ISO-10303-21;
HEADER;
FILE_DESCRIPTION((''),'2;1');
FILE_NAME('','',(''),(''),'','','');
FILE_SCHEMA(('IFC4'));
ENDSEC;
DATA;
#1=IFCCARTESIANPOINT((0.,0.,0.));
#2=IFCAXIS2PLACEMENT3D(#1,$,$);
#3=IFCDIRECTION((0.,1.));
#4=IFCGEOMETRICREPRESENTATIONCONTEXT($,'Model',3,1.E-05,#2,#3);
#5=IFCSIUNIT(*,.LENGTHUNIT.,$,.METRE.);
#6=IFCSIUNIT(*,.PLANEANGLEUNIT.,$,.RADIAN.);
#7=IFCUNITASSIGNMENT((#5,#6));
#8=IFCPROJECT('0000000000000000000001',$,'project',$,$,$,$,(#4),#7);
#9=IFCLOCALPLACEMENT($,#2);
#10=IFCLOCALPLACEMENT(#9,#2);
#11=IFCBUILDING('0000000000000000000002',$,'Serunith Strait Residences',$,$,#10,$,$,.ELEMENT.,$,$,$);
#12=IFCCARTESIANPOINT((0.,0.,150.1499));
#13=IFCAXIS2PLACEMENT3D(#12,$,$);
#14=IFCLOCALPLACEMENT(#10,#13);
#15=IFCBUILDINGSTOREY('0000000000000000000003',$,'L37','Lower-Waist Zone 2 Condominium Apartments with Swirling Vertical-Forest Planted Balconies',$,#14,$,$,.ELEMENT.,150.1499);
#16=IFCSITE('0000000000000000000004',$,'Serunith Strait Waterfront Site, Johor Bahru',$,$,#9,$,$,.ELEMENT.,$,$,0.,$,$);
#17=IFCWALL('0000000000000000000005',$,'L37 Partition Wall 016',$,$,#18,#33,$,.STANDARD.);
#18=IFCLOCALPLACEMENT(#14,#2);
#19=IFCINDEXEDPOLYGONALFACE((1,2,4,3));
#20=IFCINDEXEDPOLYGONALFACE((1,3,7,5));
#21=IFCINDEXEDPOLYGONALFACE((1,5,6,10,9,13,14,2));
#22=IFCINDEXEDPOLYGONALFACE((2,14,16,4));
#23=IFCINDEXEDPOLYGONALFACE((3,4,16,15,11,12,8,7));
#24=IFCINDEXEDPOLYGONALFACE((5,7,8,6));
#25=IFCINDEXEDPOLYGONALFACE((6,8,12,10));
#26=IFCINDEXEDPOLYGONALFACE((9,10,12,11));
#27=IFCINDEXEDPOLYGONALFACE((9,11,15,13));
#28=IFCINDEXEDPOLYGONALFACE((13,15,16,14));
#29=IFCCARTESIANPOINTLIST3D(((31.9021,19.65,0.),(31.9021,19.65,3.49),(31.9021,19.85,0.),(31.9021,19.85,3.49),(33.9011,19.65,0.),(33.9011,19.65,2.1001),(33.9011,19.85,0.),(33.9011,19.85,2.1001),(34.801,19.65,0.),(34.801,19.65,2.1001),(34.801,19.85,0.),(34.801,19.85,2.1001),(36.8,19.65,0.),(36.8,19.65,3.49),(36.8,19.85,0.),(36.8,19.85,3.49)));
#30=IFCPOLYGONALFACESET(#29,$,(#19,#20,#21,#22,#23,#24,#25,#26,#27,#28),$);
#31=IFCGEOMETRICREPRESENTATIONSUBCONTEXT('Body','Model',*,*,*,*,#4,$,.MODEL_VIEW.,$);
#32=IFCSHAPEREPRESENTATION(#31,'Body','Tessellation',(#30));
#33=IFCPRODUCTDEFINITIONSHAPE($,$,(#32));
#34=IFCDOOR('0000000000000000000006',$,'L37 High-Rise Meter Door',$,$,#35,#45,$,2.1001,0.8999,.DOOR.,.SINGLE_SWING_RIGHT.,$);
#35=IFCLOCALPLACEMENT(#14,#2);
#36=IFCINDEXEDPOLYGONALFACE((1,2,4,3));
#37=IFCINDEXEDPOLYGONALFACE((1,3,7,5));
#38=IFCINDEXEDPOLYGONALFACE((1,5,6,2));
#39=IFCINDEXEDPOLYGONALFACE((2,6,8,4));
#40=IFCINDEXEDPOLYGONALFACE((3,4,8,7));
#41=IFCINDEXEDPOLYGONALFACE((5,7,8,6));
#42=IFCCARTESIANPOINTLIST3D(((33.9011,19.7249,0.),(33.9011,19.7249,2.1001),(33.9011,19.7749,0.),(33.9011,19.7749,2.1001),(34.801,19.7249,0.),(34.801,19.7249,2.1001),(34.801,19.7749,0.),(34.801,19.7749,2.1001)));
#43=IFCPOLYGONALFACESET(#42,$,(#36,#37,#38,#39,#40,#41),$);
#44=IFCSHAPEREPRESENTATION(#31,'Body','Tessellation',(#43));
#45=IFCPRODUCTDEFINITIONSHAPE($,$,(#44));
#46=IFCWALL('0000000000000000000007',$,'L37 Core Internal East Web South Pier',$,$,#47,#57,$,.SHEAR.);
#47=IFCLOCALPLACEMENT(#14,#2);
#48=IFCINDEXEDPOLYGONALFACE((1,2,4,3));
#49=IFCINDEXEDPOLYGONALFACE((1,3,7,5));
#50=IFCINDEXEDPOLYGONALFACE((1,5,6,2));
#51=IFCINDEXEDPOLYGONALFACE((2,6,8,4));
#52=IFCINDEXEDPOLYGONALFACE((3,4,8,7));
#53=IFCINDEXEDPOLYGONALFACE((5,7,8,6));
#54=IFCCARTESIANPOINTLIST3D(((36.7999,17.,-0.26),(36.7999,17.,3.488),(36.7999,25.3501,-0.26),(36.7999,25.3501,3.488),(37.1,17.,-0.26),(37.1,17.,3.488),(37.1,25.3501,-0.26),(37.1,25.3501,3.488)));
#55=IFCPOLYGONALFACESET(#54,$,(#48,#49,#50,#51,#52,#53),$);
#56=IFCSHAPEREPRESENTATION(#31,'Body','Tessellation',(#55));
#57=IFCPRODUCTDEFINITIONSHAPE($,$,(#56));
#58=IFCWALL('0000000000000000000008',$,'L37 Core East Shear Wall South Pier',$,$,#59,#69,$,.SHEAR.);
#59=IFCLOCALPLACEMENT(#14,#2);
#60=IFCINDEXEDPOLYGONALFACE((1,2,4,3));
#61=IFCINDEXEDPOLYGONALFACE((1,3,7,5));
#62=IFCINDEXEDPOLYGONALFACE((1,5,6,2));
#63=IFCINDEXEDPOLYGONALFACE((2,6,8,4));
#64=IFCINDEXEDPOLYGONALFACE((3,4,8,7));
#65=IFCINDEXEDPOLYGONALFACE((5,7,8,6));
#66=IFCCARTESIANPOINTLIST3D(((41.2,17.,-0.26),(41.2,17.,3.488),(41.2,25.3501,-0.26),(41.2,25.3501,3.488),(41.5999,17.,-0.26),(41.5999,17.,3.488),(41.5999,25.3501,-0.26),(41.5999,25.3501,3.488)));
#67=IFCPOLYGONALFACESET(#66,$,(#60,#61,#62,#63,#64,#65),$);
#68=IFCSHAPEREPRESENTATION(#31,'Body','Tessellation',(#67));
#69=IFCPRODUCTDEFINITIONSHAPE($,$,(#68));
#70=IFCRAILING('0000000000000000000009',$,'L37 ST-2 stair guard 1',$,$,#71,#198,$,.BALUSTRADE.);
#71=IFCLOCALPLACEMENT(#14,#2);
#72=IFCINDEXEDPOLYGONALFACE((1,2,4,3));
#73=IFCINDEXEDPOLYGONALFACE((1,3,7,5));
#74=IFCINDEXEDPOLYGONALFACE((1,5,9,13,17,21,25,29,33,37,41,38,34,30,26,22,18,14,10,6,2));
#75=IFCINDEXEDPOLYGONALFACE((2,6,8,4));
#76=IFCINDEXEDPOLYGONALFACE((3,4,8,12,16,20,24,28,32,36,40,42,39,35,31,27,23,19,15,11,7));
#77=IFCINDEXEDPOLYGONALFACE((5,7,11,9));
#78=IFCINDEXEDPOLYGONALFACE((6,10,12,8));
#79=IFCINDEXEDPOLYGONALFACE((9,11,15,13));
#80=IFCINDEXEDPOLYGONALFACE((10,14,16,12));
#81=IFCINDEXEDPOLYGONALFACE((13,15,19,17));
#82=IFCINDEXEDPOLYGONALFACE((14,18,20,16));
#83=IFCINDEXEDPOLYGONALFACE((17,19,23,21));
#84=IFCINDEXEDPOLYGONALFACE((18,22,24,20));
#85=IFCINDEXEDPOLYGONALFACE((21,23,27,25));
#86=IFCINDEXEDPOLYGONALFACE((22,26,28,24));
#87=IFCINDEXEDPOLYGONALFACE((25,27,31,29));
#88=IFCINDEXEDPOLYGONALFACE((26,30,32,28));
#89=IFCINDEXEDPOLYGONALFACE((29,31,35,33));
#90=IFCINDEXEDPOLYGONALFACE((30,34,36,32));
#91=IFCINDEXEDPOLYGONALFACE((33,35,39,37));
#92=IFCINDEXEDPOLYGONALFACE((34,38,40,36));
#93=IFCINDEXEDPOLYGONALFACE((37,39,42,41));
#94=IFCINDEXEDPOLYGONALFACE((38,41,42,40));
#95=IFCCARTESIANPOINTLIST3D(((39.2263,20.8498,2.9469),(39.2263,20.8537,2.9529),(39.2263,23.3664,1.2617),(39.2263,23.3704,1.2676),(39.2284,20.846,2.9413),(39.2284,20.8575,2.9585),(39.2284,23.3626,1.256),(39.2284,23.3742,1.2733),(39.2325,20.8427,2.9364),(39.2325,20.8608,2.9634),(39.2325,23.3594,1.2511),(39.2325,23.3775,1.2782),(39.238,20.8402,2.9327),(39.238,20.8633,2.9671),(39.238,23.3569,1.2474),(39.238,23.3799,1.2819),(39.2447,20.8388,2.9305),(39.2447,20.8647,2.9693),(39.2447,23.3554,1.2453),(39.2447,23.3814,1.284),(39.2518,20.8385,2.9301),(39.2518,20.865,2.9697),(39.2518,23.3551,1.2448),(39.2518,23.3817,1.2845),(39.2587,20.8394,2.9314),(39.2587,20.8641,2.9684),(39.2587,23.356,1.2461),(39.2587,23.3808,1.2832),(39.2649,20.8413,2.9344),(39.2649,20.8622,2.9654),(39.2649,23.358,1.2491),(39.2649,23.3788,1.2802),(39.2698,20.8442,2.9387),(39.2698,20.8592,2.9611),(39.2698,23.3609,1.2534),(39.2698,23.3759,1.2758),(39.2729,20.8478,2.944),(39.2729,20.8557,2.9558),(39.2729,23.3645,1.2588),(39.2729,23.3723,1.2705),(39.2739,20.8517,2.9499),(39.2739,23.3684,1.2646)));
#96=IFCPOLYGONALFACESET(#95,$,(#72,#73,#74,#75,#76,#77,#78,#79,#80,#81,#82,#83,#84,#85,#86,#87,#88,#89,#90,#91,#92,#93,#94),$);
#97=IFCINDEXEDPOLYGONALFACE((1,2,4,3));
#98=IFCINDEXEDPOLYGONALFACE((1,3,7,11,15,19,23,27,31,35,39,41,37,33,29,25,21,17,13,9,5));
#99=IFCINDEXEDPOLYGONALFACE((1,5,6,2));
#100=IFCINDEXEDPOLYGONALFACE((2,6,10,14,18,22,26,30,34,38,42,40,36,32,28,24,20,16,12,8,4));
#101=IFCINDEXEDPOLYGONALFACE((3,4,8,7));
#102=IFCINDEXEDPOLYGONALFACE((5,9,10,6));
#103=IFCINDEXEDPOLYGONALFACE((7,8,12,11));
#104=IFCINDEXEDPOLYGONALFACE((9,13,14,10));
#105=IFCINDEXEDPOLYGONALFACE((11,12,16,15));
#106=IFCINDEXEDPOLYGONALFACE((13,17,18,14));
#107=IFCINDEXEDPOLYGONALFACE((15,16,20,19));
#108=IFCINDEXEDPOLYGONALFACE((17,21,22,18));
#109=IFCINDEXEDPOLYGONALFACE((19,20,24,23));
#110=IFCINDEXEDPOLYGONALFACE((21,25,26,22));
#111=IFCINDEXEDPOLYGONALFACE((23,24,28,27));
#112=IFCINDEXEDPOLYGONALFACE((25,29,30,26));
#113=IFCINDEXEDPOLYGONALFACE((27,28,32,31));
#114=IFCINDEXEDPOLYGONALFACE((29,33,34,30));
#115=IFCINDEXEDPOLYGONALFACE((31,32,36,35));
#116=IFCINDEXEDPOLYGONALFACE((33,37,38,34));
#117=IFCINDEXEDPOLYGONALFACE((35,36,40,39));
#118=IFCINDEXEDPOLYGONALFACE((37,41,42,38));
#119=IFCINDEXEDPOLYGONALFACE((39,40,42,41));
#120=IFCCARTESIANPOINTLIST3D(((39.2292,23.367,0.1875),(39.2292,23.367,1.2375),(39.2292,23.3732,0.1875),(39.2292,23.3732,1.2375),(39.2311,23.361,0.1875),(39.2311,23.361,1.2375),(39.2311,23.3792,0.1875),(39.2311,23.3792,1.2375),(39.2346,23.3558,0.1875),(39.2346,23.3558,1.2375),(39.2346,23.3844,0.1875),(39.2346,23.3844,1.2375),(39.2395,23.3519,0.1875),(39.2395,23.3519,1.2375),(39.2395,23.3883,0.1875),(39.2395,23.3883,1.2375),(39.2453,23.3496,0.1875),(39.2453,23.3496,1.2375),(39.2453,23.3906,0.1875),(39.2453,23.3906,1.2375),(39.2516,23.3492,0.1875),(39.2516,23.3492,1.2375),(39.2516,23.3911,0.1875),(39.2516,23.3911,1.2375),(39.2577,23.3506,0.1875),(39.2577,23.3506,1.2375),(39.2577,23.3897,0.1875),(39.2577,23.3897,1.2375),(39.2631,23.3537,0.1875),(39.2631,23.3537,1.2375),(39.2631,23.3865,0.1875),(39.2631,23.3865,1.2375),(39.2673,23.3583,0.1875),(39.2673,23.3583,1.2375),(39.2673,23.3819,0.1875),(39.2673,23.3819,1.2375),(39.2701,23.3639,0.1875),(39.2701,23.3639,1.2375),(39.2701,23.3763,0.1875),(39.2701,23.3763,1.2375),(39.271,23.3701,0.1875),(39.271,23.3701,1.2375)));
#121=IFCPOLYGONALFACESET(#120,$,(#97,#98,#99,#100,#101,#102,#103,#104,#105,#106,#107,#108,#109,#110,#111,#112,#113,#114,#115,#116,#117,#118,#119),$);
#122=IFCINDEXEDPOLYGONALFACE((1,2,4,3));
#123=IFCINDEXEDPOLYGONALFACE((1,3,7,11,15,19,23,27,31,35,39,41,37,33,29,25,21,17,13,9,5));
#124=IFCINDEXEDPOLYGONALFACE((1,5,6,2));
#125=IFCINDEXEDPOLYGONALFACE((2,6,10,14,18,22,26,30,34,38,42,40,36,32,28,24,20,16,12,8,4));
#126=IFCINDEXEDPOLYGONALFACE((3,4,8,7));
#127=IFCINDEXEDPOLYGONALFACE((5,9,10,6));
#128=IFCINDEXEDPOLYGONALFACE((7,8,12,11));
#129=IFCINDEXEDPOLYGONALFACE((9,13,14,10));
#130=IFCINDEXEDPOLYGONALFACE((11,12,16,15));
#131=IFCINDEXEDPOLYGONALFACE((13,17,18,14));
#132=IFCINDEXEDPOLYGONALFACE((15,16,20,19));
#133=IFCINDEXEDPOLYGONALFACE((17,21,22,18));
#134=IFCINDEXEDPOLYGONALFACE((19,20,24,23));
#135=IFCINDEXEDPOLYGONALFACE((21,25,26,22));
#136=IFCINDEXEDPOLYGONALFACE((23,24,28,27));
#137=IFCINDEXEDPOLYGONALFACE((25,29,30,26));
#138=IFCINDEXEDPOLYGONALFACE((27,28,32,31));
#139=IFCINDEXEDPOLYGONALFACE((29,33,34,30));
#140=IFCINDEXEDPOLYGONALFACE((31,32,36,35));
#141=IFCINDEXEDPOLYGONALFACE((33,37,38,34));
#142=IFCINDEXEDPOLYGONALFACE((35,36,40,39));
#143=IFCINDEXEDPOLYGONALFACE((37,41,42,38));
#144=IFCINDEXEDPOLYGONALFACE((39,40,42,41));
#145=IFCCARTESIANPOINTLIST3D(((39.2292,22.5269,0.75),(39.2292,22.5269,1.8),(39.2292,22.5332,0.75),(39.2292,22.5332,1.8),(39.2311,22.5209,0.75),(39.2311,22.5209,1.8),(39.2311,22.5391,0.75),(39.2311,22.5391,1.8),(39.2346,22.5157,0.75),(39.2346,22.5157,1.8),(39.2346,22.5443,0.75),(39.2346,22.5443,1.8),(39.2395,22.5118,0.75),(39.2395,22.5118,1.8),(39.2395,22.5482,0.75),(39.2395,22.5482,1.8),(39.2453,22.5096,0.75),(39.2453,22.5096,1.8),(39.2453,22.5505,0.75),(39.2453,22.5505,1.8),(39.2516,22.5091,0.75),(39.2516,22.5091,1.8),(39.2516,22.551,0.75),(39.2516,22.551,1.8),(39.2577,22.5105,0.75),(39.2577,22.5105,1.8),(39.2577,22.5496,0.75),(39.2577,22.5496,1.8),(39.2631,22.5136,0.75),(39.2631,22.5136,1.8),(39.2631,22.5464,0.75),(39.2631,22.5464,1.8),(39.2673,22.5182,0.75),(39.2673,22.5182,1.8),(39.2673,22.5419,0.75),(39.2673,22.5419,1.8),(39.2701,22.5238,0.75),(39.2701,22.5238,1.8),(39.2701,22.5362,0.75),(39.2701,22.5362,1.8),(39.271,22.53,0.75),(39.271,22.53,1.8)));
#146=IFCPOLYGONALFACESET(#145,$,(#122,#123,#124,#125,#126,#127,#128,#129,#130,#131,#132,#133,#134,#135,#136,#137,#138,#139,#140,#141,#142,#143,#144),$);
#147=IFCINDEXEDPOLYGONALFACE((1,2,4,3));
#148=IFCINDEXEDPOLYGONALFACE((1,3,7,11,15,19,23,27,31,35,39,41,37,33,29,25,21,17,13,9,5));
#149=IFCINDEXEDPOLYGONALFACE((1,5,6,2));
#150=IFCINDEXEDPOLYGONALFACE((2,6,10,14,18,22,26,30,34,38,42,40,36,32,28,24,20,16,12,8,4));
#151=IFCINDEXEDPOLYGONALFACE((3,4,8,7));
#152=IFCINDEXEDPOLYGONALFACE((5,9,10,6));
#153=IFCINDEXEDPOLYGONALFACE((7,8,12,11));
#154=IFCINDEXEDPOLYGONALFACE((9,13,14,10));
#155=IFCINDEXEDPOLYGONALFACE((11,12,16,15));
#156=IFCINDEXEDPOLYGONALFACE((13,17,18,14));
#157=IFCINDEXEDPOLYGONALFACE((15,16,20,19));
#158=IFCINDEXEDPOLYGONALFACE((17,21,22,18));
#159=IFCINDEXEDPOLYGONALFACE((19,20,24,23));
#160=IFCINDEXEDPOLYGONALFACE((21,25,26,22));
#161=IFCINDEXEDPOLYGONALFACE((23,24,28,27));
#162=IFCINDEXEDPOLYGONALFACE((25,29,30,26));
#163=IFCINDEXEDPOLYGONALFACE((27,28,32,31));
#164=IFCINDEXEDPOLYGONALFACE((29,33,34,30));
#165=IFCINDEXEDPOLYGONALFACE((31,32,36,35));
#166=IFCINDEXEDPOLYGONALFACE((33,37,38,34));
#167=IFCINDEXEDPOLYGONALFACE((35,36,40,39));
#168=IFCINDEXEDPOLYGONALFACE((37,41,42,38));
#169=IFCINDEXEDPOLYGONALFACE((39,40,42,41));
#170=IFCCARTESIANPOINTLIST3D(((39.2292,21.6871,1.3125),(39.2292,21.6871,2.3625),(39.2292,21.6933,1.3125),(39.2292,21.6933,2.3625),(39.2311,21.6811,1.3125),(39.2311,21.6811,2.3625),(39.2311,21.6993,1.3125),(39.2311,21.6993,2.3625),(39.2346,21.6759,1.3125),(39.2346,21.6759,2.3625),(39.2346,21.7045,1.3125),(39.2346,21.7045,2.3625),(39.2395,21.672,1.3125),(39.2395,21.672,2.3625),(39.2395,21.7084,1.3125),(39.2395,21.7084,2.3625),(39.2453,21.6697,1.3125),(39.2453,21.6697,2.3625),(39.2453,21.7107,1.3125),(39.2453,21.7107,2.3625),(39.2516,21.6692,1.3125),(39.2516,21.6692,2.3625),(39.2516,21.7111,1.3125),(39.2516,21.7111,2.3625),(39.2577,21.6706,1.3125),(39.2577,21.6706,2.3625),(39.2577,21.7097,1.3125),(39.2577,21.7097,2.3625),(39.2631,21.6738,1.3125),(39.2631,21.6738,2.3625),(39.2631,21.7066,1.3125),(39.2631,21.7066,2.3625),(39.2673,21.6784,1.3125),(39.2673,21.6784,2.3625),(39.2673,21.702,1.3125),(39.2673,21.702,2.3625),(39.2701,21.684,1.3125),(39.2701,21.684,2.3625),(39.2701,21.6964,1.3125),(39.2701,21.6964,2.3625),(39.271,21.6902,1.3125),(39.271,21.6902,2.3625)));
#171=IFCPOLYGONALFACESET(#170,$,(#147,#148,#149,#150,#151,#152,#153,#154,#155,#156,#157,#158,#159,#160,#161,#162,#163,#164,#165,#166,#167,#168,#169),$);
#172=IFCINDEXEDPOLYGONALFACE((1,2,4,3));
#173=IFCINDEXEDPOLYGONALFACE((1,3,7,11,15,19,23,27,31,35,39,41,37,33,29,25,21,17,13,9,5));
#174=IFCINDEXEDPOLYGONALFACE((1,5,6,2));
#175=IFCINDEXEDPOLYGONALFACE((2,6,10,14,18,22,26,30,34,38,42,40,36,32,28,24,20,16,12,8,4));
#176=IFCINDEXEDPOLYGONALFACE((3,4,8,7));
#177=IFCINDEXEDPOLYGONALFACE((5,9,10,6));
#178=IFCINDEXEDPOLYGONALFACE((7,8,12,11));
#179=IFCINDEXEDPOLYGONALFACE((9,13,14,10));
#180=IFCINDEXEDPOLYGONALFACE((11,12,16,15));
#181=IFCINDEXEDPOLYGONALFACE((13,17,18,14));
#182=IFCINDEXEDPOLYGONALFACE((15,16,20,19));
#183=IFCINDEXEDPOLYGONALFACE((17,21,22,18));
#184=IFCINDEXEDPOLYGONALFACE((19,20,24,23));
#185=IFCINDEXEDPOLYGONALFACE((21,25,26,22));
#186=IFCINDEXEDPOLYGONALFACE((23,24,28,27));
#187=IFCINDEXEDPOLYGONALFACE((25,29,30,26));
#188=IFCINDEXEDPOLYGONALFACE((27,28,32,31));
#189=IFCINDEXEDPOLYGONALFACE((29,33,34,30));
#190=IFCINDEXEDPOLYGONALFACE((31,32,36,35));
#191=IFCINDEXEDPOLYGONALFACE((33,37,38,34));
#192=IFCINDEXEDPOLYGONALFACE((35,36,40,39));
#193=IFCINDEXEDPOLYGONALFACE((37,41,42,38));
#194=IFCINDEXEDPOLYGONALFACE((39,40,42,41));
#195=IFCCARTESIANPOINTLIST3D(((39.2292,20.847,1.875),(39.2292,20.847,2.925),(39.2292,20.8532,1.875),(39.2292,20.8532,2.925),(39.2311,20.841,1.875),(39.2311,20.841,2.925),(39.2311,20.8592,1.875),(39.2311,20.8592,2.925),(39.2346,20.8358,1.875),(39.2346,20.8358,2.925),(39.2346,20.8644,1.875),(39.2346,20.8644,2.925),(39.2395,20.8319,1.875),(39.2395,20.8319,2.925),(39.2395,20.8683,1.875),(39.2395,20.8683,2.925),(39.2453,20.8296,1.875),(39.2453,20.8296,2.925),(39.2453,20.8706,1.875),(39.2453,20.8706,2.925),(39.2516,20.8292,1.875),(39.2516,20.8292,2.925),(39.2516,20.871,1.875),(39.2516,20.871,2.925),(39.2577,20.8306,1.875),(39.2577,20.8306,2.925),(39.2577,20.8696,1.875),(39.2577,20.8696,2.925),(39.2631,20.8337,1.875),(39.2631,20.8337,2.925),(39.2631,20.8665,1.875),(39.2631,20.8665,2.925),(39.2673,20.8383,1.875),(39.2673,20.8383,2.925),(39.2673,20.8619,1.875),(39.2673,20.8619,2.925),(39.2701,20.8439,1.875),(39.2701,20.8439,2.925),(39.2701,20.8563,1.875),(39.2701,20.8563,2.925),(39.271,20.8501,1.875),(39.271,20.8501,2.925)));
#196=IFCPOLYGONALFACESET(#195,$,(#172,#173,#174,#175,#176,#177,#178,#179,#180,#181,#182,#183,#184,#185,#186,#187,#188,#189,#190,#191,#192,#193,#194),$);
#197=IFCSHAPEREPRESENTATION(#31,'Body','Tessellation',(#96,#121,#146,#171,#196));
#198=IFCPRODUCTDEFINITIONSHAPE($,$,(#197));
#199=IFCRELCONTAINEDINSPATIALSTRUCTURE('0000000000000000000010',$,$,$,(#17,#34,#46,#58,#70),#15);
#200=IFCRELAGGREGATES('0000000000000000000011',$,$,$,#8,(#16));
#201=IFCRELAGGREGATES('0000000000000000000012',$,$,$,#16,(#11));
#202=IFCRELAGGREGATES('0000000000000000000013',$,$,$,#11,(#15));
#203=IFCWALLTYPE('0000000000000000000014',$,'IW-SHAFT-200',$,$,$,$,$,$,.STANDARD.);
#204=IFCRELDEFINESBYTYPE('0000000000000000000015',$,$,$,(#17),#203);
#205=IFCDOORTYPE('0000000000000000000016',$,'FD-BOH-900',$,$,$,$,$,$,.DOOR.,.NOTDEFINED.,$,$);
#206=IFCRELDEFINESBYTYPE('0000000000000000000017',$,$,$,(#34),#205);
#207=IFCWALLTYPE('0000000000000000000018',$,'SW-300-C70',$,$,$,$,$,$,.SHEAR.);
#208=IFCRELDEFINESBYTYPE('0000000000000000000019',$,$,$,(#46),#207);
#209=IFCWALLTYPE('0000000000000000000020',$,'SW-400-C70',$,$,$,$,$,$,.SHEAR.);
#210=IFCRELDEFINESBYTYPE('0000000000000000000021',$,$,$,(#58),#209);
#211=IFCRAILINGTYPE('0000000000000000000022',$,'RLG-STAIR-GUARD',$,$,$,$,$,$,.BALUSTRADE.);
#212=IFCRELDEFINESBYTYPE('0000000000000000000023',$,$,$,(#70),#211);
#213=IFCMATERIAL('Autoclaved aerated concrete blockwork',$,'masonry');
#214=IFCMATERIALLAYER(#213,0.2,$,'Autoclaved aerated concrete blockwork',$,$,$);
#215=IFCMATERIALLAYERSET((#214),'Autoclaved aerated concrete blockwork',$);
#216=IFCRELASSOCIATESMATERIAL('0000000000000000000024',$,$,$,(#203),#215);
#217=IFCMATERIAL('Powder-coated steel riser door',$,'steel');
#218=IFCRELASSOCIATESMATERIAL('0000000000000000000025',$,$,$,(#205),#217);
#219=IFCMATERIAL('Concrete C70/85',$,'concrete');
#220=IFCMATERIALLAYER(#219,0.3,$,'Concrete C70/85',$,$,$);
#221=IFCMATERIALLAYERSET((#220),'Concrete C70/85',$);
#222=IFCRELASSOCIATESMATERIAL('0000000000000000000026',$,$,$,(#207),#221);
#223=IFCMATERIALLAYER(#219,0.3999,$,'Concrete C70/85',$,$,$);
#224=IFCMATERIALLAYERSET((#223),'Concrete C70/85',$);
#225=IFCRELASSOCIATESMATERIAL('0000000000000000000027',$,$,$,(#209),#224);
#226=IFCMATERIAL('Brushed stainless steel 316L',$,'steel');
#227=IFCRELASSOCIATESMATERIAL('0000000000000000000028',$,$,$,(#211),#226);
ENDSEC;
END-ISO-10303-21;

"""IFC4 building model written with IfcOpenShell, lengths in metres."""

from ifc_helpers import new_model, si_unit, direction, frame, frame_2d, origin, origin_2d, place, context, subcontext, project, spatial, rectangle, circle, extrude, source, transform, mapped, material, layer, layer_set, type_object, element, fill, save


model = new_model("IFC4")

# Units and contexts
model_context = context("Model", 3, precision=1e-05, world=origin(), true_north=direction((0.0, 1.0)))
body_context = subcontext(model_context, "Body", "Model", "MODEL_VIEW")
ifc_project = project(units=[si_unit("LENGTHUNIT", "METRE"), si_unit("PLANEANGLEUNIT", "RADIAN")], contexts=[model_context])

# Site, building, storey
site_placement = place(None, origin())
site = spatial("IfcSite", under=ifc_project, at=site_placement, Name="Serunith Strait Waterfront Site, Johor Bahru", CompositionType="ELEMENT", RefElevation=0.0)
building_placement = place(site_placement, origin())
building = spatial("IfcBuilding", under=site, at=building_placement, Name="Serunith Strait Residences", CompositionType="ELEMENT")
storey_placement = place(building_placement, frame((0.0, 0.0, 150.1499)))
storey = spatial("IfcBuildingStorey", under=building, at=storey_placement, Name="L37", Description="Lower-Waist Zone 2 Condominium Apartments with Swirling Vertical-Forest Planted Balconies", CompositionType="ELEMENT", Elevation=150.1499)

# Wall, opening, door
ifc_material_1 = material(Name="Autoclaved aerated concrete blockwork", Category="masonry")
ifc_layer_1 = layer(ifc_material_1, 0.2, Name="Autoclaved aerated concrete blockwork")
ifc_layer_set_1 = layer_set([ifc_layer_1], Name="Autoclaved aerated concrete blockwork")
wall_type_1 = type_object("IfcWallType", Name="IW-SHAFT-200", PredefinedType="STANDARD", material=ifc_layer_set_1)
wall_1_placement = place(storey_placement, frame((31.9021, 19.75, 0.0), z_axis=(0.0, 0.0, 1.0), x_axis=(1.0, 0.0, 0.0)))
wall_1 = element("IfcWall", 1, at=wall_1_placement, inside=storey, type_object=wall_type_1, Name="L37 Partition Wall 016", PredefinedType="STANDARD", context=body_context, shape_type="SweptSolid", body=[
    extrude(rectangle(XDim=4.8979, YDim=0.2, at=frame_2d((2.449, 0.0))), origin(), (0.0, 0.0, 1.0), 3.49),
])
opening_placement = place(wall_1_placement, frame((1.999, 0.0, 0.0)))
opening = element("IfcOpeningElement", 2, at=opening_placement, cuts=wall_1, PredefinedType="OPENING", context=body_context, shape_type="SweptSolid", body=[
    extrude(rectangle(XDim=0.8999, YDim=2.1001, at=frame_2d((0.45, 1.05))), frame((0.0, 0.1099, 0.0), z_axis=(0.0, -1.0, 0.0), x_axis=(1.0, 0.0, 0.0)), (0.0, 0.0, 1.0), 0.22),
])
ifc_material_2 = material(Name="Powder-coated steel riser door", Category="steel")
door_type = type_object("IfcDoorType", Name="FD-BOH-900", OperationType="NOTDEFINED", PredefinedType="DOOR", material=ifc_material_2)
shared_shape_1 = source(origin(), body_context, "Body", "SweptSolid", [
    extrude(rectangle(XDim=0.8999, YDim=2.1001, at=frame_2d((0.45, 1.05))), frame((0.0, 0.0249, 0.0), z_axis=(0.0, -1.0, 0.0), x_axis=(1.0, 0.0, 0.0)), (0.0, 0.0, 1.0), 0.05),
])
door_placement = place(opening_placement, origin())
door = element("IfcDoor", 3, at=door_placement, inside=storey, type_object=door_type, Name="L37 High-Rise Meter Door", OperationType="SINGLE_SWING_RIGHT", OverallHeight=2.1001, OverallWidth=0.8999, PredefinedType="DOOR", context=body_context, shape_type="MappedRepresentation", body=[
    mapped(shared_shape_1, transform((0.0, 0.0, 0.0), scale=1.0)),
])
fill(opening, door)

# Walls
ifc_material_3 = material(Name="Concrete C70/85", Category="concrete")
ifc_layer_2 = layer(ifc_material_3, 0.3, Name="Concrete C70/85")
ifc_layer_set_2 = layer_set([ifc_layer_2], Name="Concrete C70/85")
wall_type_2 = type_object("IfcWallType", Name="SW-300-C70", PredefinedType="SHEAR", material=ifc_layer_set_2)
wall_2_placement = place(storey_placement, frame((36.95, 17.0, -0.26), z_axis=(0.0, 0.0, 1.0), x_axis=(0.0, 1.0, 0.0)))
element("IfcWall", 4, at=wall_2_placement, inside=storey, type_object=wall_type_2, Name="L37 Core Internal East Web South Pier", PredefinedType="SHEAR", context=body_context, shape_type="SweptSolid", body=[
    extrude(rectangle(XDim=8.3501, YDim=0.3, at=frame_2d((4.175, 0.0))), origin(), (0.0, 0.0, 1.0), 3.748),
])
ifc_layer_3 = layer(ifc_material_3, 0.3999, Name="Concrete C70/85")
ifc_layer_set_3 = layer_set([ifc_layer_3], Name="Concrete C70/85")
wall_type_3 = type_object("IfcWallType", Name="SW-400-C70", PredefinedType="SHEAR", material=ifc_layer_set_3)
wall_3_placement = place(storey_placement, frame((41.3999, 17.0, -0.26), z_axis=(0.0, 0.0, 1.0), x_axis=(0.0, 1.0, 0.0)))
element("IfcWall", 5, at=wall_3_placement, inside=storey, type_object=wall_type_3, Name="L37 Core East Shear Wall South Pier", PredefinedType="SHEAR", context=body_context, shape_type="SweptSolid", body=[
    extrude(rectangle(XDim=8.3501, YDim=0.3999, at=frame_2d((4.175, 0.0))), origin(), (0.0, 0.0, 1.0), 3.748),
])

# Railing
ifc_material_4 = material(Name="Brushed stainless steel 316L", Category="steel")
railing_type_1 = type_object("IfcRailingType", Name="RLG-STAIR-GUARD", PredefinedType="BALUSTRADE", material=ifc_material_4)
railing_1_placement = place(storey_placement, frame((39.25, 23.3701, 0.1875)))
element("IfcRailing", 6, at=railing_1_placement, inside=storey, type_object=railing_type_1, Name="L37 ST-2 stair guard 1", PredefinedType="BALUSTRADE", context=body_context, shape_type="SweptSolid", body=[
    extrude(circle(Radius=0.0239, at=origin_2d()), frame((0.0, -0.0017, 1.0771), z_axis=(0.0, -0.830909, 0.556408), x_axis=(1.0, 0.0, 0.0)), (0.0, 0.0, 1.0), 3.0288),
    extrude(circle(Radius=0.021, at=origin_2d()), origin(), (0.0, 0.0, 1.0), 1.05),
    extrude(circle(Radius=0.021, at=origin_2d()), frame((0.0, -0.8401, 0.5625)), (0.0, 0.0, 1.0), 1.05),
    extrude(circle(Radius=0.021, at=origin_2d()), frame((0.0, -1.6799, 1.125)), (0.0, 0.0, 1.0), 1.05),
    extrude(circle(Radius=0.021, at=origin_2d()), frame((0.0, -2.52, 1.6875)), (0.0, 0.0, 1.0), 1.05),
])

save(model, "model.ifc")
